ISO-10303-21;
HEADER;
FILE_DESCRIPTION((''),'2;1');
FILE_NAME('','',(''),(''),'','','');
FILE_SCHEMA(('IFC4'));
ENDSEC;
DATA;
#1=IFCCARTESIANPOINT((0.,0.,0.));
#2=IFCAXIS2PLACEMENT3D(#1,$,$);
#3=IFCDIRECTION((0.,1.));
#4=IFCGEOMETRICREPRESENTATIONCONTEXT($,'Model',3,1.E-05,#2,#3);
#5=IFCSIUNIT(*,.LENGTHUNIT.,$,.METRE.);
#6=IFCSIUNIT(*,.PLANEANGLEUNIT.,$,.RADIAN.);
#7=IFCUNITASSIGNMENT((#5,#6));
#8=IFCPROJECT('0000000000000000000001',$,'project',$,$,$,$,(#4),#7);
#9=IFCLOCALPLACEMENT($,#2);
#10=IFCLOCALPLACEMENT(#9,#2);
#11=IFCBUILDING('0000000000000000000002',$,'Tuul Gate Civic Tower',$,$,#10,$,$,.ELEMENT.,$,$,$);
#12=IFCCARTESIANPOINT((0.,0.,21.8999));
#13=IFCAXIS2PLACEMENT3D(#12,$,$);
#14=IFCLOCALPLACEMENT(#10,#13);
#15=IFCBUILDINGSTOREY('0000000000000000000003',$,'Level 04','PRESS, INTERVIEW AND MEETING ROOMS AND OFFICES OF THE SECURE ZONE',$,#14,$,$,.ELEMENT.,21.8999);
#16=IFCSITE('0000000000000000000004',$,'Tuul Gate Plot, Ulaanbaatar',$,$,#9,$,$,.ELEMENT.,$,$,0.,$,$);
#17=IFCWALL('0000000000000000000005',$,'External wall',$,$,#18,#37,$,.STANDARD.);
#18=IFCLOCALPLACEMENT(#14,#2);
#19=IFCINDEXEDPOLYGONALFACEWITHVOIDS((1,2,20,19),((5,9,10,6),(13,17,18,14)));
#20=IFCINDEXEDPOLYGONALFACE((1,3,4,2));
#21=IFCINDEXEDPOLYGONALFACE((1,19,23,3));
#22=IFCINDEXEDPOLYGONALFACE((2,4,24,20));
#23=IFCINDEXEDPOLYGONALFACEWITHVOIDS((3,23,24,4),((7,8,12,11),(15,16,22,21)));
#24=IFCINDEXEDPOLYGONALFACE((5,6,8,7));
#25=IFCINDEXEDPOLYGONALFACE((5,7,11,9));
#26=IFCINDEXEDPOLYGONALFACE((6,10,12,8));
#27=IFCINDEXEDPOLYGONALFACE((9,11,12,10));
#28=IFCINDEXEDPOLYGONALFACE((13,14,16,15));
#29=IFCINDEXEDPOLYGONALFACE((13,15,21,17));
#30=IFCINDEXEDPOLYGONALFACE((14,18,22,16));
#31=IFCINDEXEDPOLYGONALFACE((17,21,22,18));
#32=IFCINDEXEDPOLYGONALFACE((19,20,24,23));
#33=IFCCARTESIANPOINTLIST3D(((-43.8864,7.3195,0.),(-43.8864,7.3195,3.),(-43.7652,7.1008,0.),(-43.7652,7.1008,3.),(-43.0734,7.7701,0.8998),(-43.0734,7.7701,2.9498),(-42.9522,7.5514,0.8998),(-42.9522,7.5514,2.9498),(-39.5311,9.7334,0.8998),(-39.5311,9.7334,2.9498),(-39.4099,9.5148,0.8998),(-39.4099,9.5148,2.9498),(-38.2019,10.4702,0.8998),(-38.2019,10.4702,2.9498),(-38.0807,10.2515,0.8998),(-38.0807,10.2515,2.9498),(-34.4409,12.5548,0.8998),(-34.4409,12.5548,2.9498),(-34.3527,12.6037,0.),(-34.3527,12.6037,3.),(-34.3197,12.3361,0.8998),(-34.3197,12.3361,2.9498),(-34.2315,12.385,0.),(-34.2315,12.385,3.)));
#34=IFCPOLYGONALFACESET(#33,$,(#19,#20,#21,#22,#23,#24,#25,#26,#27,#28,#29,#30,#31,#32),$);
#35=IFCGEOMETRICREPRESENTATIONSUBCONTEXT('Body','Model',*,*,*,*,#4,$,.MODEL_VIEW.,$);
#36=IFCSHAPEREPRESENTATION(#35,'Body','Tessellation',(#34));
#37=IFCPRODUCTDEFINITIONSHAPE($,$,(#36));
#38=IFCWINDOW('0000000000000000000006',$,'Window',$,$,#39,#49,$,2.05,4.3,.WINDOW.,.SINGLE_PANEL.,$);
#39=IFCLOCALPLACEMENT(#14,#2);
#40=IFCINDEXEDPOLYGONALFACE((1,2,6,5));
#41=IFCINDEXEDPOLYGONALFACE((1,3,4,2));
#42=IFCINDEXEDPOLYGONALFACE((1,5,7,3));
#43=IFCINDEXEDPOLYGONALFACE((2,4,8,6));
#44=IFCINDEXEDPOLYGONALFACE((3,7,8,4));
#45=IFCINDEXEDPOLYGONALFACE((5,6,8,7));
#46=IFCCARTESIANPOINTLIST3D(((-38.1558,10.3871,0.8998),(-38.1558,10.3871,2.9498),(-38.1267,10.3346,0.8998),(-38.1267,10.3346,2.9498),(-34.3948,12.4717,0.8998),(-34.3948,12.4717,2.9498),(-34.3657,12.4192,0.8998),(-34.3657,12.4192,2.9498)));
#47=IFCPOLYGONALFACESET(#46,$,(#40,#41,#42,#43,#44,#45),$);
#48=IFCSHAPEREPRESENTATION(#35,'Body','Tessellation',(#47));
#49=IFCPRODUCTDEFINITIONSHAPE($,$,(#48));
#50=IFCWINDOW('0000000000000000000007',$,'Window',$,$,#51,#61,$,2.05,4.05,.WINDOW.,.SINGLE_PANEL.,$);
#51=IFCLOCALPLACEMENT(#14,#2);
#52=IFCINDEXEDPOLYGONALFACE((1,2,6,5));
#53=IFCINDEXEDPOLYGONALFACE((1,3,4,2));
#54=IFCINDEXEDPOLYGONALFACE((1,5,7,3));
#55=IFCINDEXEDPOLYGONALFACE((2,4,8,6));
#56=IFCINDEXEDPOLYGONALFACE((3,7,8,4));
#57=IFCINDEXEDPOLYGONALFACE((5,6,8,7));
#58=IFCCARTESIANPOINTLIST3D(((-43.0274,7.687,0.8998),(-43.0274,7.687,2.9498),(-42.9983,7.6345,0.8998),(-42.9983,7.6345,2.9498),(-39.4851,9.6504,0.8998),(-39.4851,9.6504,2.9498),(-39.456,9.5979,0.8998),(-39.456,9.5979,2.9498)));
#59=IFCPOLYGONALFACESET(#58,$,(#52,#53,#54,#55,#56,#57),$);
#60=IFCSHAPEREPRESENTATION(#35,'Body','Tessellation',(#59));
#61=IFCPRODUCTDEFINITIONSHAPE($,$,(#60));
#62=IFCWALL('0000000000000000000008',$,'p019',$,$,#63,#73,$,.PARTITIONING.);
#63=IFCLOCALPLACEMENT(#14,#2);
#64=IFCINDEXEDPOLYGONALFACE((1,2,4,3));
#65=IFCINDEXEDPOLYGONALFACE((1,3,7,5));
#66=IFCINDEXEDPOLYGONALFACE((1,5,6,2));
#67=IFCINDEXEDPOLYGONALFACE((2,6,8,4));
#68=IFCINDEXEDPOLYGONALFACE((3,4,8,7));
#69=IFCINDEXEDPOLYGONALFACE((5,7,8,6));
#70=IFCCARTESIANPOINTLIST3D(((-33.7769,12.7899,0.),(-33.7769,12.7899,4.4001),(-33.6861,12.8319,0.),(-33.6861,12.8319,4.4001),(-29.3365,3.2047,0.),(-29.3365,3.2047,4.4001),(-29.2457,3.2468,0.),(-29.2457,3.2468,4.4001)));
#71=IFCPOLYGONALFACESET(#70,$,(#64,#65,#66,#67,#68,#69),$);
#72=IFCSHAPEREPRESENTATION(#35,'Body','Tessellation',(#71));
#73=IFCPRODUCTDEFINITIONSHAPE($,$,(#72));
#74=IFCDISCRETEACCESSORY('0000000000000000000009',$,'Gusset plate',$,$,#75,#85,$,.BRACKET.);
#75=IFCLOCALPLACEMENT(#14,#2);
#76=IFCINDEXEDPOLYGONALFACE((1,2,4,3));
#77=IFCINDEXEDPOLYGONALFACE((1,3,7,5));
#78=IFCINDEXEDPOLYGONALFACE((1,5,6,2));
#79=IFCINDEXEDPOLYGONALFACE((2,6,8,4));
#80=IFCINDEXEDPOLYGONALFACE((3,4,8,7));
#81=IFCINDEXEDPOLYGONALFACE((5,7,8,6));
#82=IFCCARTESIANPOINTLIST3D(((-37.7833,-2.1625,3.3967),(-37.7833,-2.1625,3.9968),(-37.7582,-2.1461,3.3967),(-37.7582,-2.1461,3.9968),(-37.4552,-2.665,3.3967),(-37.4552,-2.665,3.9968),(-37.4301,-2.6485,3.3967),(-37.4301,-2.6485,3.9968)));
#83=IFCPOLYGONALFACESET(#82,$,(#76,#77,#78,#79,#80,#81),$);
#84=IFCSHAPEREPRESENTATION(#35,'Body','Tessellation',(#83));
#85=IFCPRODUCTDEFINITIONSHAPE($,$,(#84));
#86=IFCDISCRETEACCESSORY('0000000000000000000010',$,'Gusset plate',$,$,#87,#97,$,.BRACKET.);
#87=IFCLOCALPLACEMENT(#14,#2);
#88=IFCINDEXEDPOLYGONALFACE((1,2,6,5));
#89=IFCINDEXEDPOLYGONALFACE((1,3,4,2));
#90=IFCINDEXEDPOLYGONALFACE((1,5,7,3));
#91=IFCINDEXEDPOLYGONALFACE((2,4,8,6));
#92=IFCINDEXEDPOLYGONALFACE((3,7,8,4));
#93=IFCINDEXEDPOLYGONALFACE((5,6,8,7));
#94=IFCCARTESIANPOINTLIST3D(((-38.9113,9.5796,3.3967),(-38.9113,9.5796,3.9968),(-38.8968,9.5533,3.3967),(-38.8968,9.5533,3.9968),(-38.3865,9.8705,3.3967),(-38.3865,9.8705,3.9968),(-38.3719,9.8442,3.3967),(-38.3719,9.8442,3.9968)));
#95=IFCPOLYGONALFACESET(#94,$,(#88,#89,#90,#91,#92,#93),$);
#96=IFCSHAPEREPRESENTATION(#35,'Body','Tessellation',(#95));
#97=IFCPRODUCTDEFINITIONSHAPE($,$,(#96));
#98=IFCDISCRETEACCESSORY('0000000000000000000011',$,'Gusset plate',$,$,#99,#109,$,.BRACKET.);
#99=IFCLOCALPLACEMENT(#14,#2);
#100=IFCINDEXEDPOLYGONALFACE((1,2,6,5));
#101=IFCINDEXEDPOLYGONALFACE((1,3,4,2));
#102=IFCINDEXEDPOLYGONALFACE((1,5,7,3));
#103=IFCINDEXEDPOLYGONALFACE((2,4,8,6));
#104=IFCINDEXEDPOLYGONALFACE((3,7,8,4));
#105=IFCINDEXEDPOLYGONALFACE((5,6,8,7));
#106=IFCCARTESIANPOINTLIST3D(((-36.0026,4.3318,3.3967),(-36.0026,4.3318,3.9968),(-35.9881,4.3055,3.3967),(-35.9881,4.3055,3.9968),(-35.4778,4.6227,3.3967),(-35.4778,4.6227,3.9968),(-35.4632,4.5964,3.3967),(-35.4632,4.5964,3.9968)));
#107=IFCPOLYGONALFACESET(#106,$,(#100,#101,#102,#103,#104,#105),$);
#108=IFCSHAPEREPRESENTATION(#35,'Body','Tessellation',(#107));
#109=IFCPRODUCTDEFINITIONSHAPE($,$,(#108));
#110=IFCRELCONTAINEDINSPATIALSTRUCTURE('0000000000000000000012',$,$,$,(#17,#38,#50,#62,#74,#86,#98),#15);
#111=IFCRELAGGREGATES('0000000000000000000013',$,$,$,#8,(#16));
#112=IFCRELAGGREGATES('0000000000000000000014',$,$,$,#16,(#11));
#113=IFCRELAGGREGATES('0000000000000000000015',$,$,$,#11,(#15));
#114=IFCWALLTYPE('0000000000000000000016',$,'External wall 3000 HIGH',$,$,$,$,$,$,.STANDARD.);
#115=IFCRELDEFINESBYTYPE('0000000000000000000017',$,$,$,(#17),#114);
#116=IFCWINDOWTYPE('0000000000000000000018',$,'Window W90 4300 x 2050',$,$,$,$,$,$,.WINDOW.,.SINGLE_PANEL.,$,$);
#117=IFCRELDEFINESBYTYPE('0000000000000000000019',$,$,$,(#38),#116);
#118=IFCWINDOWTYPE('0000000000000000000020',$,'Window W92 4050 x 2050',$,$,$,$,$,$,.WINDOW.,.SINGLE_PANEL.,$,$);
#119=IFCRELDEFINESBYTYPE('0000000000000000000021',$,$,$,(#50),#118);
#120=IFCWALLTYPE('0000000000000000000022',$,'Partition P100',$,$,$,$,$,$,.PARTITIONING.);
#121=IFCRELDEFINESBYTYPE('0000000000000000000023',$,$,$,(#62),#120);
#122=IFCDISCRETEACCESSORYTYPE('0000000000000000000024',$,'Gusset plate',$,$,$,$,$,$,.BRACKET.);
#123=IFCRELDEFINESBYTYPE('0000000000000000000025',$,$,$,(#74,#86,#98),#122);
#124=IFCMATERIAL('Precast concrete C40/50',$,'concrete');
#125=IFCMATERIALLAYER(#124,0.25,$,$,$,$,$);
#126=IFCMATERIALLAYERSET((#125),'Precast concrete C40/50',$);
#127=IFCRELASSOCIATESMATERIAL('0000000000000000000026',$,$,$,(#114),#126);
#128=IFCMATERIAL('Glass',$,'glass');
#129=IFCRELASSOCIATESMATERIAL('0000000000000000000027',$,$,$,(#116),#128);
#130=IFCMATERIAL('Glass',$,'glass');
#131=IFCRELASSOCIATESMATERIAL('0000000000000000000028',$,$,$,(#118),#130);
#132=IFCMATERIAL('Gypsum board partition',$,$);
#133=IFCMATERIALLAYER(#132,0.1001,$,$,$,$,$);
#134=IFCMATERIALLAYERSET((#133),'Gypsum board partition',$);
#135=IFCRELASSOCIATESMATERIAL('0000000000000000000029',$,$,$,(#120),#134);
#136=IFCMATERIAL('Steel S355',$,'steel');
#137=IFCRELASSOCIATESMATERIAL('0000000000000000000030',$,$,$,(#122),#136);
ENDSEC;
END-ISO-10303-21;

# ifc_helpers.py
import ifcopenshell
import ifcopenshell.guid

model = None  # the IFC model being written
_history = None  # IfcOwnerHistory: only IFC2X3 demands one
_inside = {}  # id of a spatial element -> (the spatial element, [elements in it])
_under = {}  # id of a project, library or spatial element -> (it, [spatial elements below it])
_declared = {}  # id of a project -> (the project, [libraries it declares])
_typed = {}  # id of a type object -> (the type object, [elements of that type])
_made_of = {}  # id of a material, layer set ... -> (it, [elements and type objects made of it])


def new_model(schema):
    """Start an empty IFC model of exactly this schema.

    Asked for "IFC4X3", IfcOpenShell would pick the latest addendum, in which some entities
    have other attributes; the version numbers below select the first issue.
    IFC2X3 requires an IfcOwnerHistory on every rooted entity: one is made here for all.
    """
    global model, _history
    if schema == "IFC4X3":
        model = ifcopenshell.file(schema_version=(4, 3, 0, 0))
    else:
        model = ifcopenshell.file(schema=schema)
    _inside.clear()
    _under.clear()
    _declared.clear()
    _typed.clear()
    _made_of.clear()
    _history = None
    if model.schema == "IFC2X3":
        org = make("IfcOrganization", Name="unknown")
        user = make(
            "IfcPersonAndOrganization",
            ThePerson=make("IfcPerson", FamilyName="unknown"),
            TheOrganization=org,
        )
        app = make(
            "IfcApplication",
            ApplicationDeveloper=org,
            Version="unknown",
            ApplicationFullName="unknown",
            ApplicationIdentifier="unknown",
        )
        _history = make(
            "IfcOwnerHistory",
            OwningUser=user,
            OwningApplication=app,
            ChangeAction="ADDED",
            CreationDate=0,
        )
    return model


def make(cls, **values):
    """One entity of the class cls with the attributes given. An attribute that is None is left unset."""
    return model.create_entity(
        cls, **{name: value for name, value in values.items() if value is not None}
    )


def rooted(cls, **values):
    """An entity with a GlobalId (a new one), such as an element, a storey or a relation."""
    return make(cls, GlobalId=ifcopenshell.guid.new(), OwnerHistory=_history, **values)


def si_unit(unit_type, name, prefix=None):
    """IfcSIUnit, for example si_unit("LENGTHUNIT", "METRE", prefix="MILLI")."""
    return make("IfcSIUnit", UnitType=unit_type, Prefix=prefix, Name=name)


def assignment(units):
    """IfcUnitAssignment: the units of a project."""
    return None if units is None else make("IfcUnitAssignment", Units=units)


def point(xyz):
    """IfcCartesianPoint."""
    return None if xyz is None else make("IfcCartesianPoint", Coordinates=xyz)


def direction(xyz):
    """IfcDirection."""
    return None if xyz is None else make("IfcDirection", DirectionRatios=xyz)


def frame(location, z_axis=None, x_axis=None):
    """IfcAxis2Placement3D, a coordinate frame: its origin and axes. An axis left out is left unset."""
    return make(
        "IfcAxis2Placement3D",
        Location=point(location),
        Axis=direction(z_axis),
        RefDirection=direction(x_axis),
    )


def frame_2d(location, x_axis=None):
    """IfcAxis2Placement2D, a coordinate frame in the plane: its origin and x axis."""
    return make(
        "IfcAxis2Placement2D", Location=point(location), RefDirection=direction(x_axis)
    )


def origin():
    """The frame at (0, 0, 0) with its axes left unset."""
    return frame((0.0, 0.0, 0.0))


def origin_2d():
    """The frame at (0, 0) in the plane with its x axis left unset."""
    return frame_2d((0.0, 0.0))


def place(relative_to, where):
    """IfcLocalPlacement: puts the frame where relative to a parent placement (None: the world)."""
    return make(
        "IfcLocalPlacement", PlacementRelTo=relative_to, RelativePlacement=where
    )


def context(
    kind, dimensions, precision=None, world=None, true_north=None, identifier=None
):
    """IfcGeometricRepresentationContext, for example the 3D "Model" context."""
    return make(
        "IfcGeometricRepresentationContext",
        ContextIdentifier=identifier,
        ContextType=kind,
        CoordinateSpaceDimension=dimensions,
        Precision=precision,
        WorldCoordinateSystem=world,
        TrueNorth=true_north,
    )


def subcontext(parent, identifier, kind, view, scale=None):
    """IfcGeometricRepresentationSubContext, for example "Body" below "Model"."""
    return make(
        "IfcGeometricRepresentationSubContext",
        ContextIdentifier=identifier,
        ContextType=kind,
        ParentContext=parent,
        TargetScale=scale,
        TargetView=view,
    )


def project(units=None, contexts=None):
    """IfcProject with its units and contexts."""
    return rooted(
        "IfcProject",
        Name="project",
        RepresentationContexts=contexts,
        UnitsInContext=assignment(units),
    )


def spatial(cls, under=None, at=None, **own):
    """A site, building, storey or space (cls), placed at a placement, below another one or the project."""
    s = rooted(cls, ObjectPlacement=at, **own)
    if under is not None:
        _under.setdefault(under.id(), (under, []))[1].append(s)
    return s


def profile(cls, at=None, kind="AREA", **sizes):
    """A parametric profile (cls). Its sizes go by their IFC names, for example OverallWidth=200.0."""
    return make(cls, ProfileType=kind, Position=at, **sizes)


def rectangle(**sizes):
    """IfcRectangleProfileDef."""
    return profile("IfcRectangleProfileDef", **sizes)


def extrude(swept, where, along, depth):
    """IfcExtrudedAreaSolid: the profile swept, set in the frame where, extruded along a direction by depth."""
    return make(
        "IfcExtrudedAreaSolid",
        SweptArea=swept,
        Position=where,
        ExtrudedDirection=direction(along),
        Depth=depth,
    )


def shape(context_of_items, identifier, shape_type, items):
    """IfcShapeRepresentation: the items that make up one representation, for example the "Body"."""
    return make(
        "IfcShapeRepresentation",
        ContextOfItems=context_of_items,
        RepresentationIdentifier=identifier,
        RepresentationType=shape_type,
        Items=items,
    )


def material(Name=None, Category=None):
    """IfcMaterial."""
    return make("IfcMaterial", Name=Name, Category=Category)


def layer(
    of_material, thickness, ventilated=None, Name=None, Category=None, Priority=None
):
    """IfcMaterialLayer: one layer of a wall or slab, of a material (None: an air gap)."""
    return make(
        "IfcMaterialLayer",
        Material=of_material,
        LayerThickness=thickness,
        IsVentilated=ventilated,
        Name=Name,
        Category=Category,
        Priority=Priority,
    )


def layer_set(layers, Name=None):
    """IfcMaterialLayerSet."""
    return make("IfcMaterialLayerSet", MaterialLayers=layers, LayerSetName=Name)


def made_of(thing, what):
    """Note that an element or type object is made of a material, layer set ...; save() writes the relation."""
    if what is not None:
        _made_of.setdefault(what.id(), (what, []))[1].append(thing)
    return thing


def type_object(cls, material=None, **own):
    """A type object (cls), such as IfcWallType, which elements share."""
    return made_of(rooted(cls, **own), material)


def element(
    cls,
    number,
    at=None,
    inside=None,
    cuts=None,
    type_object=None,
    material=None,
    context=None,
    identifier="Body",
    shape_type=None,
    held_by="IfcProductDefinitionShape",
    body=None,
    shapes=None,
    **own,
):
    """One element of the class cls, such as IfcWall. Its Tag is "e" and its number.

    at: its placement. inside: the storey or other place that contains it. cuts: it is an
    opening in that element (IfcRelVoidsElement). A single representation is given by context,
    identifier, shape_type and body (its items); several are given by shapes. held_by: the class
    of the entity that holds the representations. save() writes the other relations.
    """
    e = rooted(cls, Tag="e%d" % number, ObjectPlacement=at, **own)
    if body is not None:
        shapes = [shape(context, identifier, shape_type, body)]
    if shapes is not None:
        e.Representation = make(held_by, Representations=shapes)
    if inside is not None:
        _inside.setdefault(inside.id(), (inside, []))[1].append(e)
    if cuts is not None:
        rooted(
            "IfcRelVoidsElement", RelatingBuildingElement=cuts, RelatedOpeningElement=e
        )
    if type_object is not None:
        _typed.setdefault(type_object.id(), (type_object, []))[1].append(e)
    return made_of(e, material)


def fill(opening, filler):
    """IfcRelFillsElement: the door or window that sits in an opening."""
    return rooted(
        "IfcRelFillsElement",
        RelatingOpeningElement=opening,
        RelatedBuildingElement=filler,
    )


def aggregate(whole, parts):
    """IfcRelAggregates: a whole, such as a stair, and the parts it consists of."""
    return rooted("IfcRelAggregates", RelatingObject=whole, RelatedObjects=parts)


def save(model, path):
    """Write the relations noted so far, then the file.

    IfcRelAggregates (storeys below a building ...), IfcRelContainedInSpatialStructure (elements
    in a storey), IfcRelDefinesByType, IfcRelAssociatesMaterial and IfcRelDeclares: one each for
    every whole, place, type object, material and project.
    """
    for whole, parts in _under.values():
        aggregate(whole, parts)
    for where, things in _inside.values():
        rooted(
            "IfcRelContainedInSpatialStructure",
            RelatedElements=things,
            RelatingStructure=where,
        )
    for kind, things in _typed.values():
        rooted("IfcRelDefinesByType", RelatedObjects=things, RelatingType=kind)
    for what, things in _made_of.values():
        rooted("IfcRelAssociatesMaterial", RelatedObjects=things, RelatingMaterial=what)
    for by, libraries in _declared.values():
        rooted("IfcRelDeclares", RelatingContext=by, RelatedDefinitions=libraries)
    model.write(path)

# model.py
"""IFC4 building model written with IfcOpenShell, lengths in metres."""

from ifc_helpers import new_model, si_unit, direction, frame, frame_2d, origin, origin_2d, place, context, subcontext, project, spatial, rectangle, extrude, material, layer, layer_set, type_object, element, fill, save


model = new_model("IFC4")

# Units and contexts
model_context = context("Model", 3, precision=1e-05, world=origin(), true_north=direction((0.0, 1.0)))
body_context = subcontext(model_context, "Body", "Model", "MODEL_VIEW")
ifc_project = project(units=[si_unit("LENGTHUNIT", "METRE"), si_unit("PLANEANGLEUNIT", "RADIAN")], contexts=[model_context])

# Site, building, storey
site_placement = place(None, origin())
site = spatial("IfcSite", under=ifc_project, at=site_placement, Name="Tuul Gate Plot, Ulaanbaatar", CompositionType="ELEMENT", RefElevation=0.0)
building_placement = place(site_placement, origin())
building = spatial("IfcBuilding", under=site, at=building_placement, Name="Tuul Gate Civic Tower", CompositionType="ELEMENT")
storey_placement = place(building_placement, frame((0.0, 0.0, 21.8999)))
storey = spatial("IfcBuildingStorey", under=building, at=storey_placement, Name="Level 04", Description="PRESS, INTERVIEW AND MEETING ROOMS AND OFFICES OF THE SECURE ZONE", CompositionType="ELEMENT", Elevation=21.8999)

# Wall, openings, windows
ifc_material_1 = material(Name="Precast concrete C40/50", Category="concrete")
ifc_layer_1 = layer(ifc_material_1, 0.25)
ifc_layer_set_1 = layer_set([ifc_layer_1], Name="Precast concrete C40/50")
wall_type_1 = type_object("IfcWallType", Name="External wall 3000 HIGH", PredefinedType="STANDARD", material=ifc_layer_set_1)
wall_1_placement = place(storey_placement, frame((-34.292, 12.4944, 0.0), z_axis=(0.0, 0.0, 1.0), x_axis=(-0.874637, -0.484779, 0.0)))
wall_1 = element("IfcWall", 1, at=wall_1_placement, inside=storey, type_object=wall_type_1, Name="External wall", PredefinedType="STANDARD", context=body_context, shape_type="SweptSolid", body=[
    extrude(rectangle(XDim=10.9001, YDim=0.25, at=frame_2d((5.4502, 0.0))), origin(), (0.0, 0.0, 1.0), 3.0),
])
opening_1_placement = place(wall_1_placement, frame((0.1011, 0.0, 0.8999)))
opening_1 = element("IfcOpeningElement", 2, at=opening_1_placement, cuts=wall_1, PredefinedType="OPENING", context=body_context, shape_type="SweptSolid", body=[
    extrude(rectangle(XDim=4.3, YDim=2.05, at=frame_2d((2.1499, 1.0249))), frame((0.0, 0.135, 0.0), z_axis=(0.0, -1.0, 0.0), x_axis=(1.0, 0.0, 0.0)), (0.0, 0.0, 1.0), 0.27),
])
opening_2_placement = place(wall_1_placement, frame((5.9209, 0.0, 0.8999)))
opening_2 = element("IfcOpeningElement", 3, at=opening_2_placement, cuts=wall_1, PredefinedType="OPENING", context=body_context, shape_type="SweptSolid", body=[
    extrude(rectangle(XDim=4.05, YDim=2.05, at=frame_2d((2.0249, 1.0249))), frame((0.0, 0.135, 0.0), z_axis=(0.0, -1.0, 0.0), x_axis=(1.0, 0.0, 0.0)), (0.0, 0.0, 1.0), 0.27),
])
ifc_material_2 = material(Name="Glass", Category="glass")
window_type_1 = type_object("IfcWindowType", Name="Window W90 4300 x 2050", PartitioningType="SINGLE_PANEL", PredefinedType="WINDOW", material=ifc_material_2)
window_1_placement = place(opening_1_placement, origin())
window_1 = element("IfcWindow", 4, at=window_1_placement, inside=storey, type_object=window_type_1, Name="Window", OverallHeight=2.05, OverallWidth=4.3, PartitioningType="SINGLE_PANEL", PredefinedType="WINDOW", context=body_context, shape_type="SweptSolid", body=[
    extrude(rectangle(XDim=4.3, YDim=2.05, at=frame_2d((2.1499, 1.0249))), frame((0.0, 0.03, 0.0), z_axis=(0.0, -1.0, 0.0), x_axis=(1.0, 0.0, 0.0)), (0.0, 0.0, 1.0), 0.0601),
])
fill(opening_1, window_1)
ifc_material_3 = material(Name="Glass", Category="glass")
window_type_2 = type_object("IfcWindowType", Name="Window W92 4050 x 2050", PartitioningType="SINGLE_PANEL", PredefinedType="WINDOW", material=ifc_material_3)
window_2_placement = place(opening_2_placement, origin())
window_2 = element("IfcWindow", 5, at=window_2_placement, inside=storey, type_object=window_type_2, Name="Window", OverallHeight=2.05, OverallWidth=4.05, PartitioningType="SINGLE_PANEL", PredefinedType="WINDOW", context=body_context, shape_type="SweptSolid", body=[
    extrude(rectangle(XDim=4.05, YDim=2.05, at=frame_2d((2.0249, 1.0249))), frame((0.0, 0.03, 0.0), z_axis=(0.0, -1.0, 0.0), x_axis=(1.0, 0.0, 0.0)), (0.0, 0.0, 1.0), 0.0601),
])
fill(opening_2, window_2)

# Wall
ifc_material_4 = material(Name="Gypsum board partition")
ifc_layer_2 = layer(ifc_material_4, 0.1001)
ifc_layer_set_2 = layer_set([ifc_layer_2], Name="Gypsum board partition")
wall_type_2 = type_object("IfcWallType", Name="Partition P100", PredefinedType="PARTITIONING", material=ifc_layer_set_2)
wall_2_placement = place(storey_placement, frame((-33.7314, 12.8108, 0.0), z_axis=(0.0, 0.0, 1.0), x_axis=(0.420345, -0.907365, 0.0)))
element("IfcWall", 6, at=wall_2_placement, inside=storey, type_object=wall_type_2, Name="p019", PredefinedType="PARTITIONING", context=body_context, shape_type="SweptSolid", body=[
    extrude(rectangle(XDim=10.5637, YDim=0.1001, at=frame_2d((5.2817, 0.0))), origin(), (0.0, 0.0, 1.0), 4.4001),
])

# Discrete accessories
ifc_material_5 = material(Name="Steel S355", Category="steel")
discrete_accessory_type = type_object("IfcDiscreteAccessoryType", Name="Gusset plate", PredefinedType="BRACKET", material=ifc_material_5)
for number, where, z_axis, x_axis, name in (
    (7, (-37.6067, -2.4055, 3.3967), (0.0, 0.0, 1.0), (-0.546705, 0.837325, 0.0), "Gusset plate"),
    (8, (-38.6416, 9.7119, 3.3967), (0.0, 0.0, 1.0), (0.874618, 0.484812, 0.0), "Gusset plate"),
    (9, (-35.7329, 4.4641, 3.3967), (0.0, 0.0, 1.0), (0.874625, 0.4848, 0.0), "Gusset plate"),
):
    element("IfcDiscreteAccessory", number, at=place(storey_placement, frame(where, z_axis=z_axis, x_axis=x_axis)), inside=storey, type_object=discrete_accessory_type, Name=name, PredefinedType="BRACKET", context=body_context, shape_type="SweptSolid", body=[
        extrude(rectangle(XDim=0.6001, YDim=0.03, at=origin_2d()), origin(), (0.0, 0.0, 1.0), 0.6001),
    ])

save(model, "model.ifc")
